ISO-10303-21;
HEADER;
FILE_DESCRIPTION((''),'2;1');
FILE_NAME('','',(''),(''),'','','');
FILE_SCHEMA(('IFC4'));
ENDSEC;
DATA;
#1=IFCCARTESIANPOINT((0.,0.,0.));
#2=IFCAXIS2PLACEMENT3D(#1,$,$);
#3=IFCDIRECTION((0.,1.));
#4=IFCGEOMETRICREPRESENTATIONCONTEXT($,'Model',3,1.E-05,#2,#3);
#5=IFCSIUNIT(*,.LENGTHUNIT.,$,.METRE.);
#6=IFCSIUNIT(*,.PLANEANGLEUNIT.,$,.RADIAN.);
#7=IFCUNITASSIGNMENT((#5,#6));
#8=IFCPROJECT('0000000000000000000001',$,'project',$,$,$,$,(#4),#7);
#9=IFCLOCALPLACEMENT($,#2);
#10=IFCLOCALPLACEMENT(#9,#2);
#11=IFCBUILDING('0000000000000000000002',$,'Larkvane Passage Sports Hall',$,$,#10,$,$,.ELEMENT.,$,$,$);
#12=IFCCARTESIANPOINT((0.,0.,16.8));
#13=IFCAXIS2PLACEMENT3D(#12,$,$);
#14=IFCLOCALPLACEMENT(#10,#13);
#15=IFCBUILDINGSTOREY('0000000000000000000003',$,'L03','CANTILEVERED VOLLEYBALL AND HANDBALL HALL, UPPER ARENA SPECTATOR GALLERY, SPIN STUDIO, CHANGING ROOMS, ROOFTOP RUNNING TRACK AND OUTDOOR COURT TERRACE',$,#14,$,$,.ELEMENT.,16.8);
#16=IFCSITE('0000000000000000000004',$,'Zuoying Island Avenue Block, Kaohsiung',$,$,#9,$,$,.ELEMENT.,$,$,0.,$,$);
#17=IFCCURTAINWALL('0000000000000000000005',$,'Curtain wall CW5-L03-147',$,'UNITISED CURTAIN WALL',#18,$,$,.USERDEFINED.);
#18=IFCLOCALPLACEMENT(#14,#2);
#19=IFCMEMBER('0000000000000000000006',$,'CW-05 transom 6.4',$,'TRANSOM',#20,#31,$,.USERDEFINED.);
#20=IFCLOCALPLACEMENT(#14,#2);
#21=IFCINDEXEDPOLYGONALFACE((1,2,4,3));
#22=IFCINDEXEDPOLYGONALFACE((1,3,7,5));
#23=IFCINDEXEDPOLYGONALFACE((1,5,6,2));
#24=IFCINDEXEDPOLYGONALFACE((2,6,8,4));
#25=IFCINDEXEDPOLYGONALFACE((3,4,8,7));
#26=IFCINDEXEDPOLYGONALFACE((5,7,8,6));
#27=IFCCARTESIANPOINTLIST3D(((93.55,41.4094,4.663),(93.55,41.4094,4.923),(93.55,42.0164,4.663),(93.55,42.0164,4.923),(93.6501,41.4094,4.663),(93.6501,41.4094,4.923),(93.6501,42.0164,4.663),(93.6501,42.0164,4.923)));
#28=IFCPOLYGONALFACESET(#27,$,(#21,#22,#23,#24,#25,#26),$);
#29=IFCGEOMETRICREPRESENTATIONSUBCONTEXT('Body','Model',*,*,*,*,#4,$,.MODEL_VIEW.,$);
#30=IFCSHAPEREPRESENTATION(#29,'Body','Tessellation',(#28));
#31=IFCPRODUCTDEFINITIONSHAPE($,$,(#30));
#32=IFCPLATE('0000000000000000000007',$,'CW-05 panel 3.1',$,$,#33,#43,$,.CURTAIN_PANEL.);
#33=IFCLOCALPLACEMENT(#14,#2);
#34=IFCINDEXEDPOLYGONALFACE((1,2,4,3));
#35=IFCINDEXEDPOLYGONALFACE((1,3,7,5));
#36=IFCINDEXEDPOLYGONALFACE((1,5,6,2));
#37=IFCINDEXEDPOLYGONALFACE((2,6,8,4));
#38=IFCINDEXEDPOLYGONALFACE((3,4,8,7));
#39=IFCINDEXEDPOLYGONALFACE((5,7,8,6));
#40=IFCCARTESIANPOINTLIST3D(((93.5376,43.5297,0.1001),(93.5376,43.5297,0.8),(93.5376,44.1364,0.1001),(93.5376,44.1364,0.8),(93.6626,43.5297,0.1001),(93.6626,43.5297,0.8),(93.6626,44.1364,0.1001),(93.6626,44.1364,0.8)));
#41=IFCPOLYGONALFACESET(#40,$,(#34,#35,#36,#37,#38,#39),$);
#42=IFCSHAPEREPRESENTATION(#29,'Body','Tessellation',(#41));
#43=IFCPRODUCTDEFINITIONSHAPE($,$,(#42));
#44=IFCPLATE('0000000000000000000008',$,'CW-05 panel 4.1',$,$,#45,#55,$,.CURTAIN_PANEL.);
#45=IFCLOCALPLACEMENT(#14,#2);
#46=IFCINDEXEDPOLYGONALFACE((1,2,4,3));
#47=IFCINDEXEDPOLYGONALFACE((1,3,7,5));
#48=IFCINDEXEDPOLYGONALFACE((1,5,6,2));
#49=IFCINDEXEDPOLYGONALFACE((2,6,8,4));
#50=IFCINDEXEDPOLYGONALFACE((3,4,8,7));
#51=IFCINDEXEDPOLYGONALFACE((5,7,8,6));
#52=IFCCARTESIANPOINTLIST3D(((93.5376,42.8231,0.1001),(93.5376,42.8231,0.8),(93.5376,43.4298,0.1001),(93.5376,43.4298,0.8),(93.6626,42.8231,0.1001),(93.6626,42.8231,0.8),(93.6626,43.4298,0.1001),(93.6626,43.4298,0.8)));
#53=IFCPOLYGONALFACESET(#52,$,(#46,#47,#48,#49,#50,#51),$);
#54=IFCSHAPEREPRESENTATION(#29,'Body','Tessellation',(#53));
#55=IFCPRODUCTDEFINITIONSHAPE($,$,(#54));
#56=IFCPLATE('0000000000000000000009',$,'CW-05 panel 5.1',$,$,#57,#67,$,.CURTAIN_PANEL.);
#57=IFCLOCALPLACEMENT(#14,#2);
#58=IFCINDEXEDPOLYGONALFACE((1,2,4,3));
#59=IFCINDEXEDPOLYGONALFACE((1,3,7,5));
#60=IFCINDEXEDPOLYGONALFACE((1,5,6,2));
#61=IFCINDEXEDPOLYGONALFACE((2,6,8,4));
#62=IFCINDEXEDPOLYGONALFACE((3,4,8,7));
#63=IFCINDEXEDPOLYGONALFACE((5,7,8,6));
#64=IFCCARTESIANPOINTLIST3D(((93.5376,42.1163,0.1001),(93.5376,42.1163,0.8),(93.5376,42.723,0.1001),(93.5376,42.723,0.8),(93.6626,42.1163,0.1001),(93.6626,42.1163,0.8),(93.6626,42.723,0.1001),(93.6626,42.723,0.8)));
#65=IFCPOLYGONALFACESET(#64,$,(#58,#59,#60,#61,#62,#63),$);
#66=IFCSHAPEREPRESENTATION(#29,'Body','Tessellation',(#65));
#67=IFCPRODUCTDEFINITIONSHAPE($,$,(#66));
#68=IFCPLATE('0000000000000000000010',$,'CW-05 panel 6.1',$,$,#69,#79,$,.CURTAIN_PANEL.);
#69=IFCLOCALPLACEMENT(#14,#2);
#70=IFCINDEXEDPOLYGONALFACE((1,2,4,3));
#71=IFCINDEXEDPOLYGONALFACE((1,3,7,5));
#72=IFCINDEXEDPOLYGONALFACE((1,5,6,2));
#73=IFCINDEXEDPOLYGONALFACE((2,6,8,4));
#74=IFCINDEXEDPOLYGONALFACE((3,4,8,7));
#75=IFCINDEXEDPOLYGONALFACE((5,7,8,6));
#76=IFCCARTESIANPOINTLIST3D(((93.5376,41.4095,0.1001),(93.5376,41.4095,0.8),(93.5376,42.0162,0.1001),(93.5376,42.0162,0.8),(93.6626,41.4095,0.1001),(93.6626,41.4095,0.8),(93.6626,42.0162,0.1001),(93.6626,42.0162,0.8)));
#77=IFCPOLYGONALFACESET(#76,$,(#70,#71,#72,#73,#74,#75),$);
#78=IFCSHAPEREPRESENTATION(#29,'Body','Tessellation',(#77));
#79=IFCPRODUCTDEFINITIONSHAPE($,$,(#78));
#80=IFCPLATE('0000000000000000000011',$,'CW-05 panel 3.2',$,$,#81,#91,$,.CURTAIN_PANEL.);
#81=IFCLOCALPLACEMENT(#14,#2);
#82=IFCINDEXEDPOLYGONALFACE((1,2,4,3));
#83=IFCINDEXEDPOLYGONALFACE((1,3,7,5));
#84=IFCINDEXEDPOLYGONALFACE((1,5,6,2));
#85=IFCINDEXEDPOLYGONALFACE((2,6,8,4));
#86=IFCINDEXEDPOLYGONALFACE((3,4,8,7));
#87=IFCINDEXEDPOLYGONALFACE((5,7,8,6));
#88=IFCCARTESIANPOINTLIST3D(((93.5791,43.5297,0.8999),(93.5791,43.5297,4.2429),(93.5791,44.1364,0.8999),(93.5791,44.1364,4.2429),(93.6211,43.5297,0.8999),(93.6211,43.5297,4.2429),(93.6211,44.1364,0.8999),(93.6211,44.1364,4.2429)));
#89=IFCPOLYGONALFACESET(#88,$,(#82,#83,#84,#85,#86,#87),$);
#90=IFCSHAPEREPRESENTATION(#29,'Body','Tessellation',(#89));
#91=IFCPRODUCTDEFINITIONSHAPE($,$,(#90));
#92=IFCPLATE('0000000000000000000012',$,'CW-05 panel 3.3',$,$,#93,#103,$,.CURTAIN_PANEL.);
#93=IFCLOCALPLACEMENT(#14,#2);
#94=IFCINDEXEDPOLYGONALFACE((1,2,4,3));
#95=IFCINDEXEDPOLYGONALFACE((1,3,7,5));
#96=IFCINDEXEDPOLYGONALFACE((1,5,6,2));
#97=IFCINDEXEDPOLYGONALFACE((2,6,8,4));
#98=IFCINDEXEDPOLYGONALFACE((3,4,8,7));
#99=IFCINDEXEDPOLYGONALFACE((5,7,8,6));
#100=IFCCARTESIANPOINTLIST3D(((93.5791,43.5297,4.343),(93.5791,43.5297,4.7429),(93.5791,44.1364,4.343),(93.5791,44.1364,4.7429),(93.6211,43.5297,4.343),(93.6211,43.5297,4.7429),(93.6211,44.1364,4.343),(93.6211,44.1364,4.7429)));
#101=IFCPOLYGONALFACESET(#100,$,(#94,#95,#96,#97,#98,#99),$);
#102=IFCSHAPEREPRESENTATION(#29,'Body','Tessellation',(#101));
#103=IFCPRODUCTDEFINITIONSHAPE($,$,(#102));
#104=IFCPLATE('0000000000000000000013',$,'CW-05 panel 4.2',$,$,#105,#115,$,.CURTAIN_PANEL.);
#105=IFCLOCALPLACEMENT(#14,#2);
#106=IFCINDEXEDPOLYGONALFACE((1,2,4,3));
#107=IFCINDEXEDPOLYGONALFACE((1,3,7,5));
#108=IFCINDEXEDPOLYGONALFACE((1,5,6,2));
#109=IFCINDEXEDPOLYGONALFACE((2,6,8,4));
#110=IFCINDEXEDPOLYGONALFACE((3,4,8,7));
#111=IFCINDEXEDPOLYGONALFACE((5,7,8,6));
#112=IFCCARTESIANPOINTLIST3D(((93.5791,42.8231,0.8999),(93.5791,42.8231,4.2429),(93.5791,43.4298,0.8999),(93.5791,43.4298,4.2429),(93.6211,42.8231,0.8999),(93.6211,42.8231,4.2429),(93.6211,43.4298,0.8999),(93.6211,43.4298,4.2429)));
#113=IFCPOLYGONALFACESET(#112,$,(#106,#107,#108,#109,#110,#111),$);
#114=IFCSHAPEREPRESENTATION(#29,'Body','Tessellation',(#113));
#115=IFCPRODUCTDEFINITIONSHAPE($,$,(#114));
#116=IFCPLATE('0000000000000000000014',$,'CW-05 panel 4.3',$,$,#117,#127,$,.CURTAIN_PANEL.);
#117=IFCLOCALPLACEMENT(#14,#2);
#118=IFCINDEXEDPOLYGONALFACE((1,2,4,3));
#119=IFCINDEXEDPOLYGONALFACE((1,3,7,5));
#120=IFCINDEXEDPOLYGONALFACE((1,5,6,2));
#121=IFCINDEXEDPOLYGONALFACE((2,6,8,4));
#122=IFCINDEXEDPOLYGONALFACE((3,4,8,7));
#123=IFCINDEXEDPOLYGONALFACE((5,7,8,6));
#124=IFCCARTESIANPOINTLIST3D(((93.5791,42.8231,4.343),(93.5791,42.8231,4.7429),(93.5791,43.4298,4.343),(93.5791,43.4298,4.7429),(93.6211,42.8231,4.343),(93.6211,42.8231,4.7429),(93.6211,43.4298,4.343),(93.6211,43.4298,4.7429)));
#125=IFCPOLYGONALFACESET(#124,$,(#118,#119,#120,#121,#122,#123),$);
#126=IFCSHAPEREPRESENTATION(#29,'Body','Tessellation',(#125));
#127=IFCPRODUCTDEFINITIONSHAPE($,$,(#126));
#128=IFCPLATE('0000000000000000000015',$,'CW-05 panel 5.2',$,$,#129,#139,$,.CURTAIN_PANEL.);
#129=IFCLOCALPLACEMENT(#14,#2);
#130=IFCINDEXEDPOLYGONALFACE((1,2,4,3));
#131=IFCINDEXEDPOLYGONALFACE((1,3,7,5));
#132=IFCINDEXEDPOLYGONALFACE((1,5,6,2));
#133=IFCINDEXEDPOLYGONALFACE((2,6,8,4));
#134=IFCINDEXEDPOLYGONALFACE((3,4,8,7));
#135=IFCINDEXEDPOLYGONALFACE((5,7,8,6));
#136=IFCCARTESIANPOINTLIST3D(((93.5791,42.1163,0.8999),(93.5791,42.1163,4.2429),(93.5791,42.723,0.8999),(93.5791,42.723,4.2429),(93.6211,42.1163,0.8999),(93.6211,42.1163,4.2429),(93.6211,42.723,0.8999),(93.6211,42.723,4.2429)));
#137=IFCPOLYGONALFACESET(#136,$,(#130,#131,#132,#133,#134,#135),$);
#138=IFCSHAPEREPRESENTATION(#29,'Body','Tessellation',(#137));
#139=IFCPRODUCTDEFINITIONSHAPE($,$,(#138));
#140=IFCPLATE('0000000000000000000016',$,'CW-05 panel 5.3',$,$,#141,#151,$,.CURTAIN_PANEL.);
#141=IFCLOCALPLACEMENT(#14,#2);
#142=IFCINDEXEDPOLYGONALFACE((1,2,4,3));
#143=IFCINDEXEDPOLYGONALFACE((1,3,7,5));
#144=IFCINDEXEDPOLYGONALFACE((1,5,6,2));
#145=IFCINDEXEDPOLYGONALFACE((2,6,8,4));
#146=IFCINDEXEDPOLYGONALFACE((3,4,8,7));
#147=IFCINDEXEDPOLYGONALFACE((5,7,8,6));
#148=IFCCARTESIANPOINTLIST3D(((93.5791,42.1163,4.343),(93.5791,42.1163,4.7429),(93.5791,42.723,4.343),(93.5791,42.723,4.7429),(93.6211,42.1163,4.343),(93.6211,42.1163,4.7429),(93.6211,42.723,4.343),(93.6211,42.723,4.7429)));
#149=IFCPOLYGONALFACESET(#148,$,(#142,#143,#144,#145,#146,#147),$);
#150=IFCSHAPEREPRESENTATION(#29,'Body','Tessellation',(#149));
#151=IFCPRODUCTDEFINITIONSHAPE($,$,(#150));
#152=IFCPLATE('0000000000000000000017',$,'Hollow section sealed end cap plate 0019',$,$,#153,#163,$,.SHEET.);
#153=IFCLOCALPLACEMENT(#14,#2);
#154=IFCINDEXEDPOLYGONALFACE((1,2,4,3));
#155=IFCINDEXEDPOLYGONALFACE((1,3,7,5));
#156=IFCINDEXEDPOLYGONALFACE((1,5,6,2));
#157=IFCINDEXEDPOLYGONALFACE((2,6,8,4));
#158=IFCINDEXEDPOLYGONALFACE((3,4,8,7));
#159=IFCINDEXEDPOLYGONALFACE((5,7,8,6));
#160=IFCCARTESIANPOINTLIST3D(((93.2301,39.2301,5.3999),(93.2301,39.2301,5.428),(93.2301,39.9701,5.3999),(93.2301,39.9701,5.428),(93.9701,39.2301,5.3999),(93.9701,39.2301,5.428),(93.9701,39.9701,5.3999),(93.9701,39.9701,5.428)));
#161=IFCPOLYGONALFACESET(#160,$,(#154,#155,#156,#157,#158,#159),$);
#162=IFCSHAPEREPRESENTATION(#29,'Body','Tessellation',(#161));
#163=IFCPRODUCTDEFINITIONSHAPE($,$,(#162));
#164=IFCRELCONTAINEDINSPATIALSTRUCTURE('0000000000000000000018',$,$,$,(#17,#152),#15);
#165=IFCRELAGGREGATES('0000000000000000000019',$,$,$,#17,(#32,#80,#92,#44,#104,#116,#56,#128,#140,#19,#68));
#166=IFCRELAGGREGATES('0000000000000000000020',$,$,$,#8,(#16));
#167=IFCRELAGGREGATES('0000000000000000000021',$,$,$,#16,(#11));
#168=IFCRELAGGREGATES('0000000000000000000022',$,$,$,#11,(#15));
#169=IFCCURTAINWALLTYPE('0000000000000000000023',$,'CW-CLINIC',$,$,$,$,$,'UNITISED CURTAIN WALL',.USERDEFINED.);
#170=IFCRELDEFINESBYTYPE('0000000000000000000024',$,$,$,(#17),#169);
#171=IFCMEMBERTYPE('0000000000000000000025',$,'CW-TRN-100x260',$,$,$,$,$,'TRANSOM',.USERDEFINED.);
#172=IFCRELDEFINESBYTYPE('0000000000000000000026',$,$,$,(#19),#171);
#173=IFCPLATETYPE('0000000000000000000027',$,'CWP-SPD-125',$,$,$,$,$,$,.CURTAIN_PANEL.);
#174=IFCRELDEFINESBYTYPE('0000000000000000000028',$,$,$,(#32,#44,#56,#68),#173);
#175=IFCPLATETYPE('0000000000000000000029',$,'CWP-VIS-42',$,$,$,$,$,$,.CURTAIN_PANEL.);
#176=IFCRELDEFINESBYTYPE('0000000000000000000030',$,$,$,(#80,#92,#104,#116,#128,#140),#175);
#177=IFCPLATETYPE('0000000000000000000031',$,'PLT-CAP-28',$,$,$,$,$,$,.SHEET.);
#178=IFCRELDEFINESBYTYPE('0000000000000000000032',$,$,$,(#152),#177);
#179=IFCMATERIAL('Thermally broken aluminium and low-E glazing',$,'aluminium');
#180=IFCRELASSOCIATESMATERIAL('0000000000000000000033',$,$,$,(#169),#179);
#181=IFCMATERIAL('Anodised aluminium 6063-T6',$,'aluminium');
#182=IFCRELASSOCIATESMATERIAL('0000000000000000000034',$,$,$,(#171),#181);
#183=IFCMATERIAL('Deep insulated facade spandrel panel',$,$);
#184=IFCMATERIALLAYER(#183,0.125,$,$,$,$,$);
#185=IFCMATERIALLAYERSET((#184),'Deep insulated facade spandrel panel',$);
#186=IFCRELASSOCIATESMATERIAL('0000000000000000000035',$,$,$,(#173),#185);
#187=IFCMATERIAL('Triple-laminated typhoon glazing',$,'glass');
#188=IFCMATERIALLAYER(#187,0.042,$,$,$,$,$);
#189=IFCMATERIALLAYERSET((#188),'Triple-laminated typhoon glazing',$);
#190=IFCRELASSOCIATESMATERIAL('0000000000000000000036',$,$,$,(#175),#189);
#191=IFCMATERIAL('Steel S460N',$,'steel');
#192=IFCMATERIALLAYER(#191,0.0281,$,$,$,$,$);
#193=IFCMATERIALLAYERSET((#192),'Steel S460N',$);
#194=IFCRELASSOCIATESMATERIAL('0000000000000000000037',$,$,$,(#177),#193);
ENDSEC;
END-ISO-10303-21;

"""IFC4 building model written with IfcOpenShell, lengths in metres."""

from ifc_helpers import new_model, si_unit, direction, frame, origin, origin_2d, place, context, subcontext, project, spatial, rectangle, extrude, material, layer, layer_set, material_profile, profile_set, type_object, element, aggregate, save


model = new_model("IFC4")

# Units and contexts
model_context = context("Model", 3, precision=1e-05, world=origin(), true_north=direction((0.0, 1.0)))
body_context = subcontext(model_context, "Body", "Model", "MODEL_VIEW")
ifc_project = project(units=[si_unit("LENGTHUNIT", "METRE"), si_unit("PLANEANGLEUNIT", "RADIAN")], contexts=[model_context])

# Site, building, storey
site_placement = place(None, origin())
site = spatial("IfcSite", under=ifc_project, at=site_placement, Name="Zuoying Island Avenue Block, Kaohsiung", CompositionType="ELEMENT", RefElevation=0.0)
building_placement = place(site_placement, origin())
building = spatial("IfcBuilding", under=site, at=building_placement, Name="Larkvane Passage Sports Hall", CompositionType="ELEMENT")
storey_placement = place(building_placement, frame((0.0, 0.0, 16.8)))
storey = spatial("IfcBuildingStorey", under=building, at=storey_placement, Name="L03", Description="CANTILEVERED VOLLEYBALL AND HANDBALL HALL, UPPER ARENA SPECTATOR GALLERY, SPIN STUDIO, CHANGING ROOMS, ROOFTOP RUNNING TRACK AND OUTDOOR COURT TERRACE", CompositionType="ELEMENT", Elevation=16.8)

# Shared definitions
ifc_material_1 = material(Name="Steel S460N", Category="steel")

# Curtain wall, member, plates
ifc_material_2 = material(Name="Thermally broken aluminium and low-E glazing", Category="aluminium")
curtain_wall_type = type_object("IfcCurtainWallType", Name="CW-CLINIC", ElementType="UNITISED CURTAIN WALL", PredefinedType="USERDEFINED", material=ifc_material_2)
curtain_wall_placement = place(storey_placement, origin())
curtain_wall = element("IfcCurtainWall", 1, at=curtain_wall_placement, inside=storey, type_object=curtain_wall_type, Name="Curtain wall CW5-L03-147", ObjectType="UNITISED CURTAIN WALL", PredefinedType="USERDEFINED")
ifc_material_3 = material(Name="Anodised aluminium 6063-T6", Category="aluminium")
ifc_material_profile_1 = material_profile(ifc_material_3, rectangle(XDim=0.1001, YDim=0.26, at=origin_2d()), Name="ALU-TRN-100x260")
ifc_profile_set_1 = profile_set([ifc_material_profile_1], Name="Anodised aluminium 6063-T6")
member_type_1 = type_object("IfcMemberType", Name="CW-TRN-100x260", ElementType="TRANSOM", PredefinedType="USERDEFINED", material=ifc_profile_set_1)
member_1_placement = place(storey_placement, frame((93.6001, 42.0164, 4.793), z_axis=(0.0, -1.0, 0.0), x_axis=(1.0, 0.0, 0.0)))
member_1 = element("IfcMember", 2, at=member_1_placement, type_object=member_type_1, Name="CW-05 transom 6.4", ObjectType="TRANSOM", PredefinedType="USERDEFINED", context=body_context, shape_type="SweptSolid", body=[
    extrude(rectangle(XDim=0.1001, YDim=0.26, at=origin_2d()), origin(), (0.0, 0.0, 1.0), 0.6069),
])
ifc_material_4 = material(Name="Deep insulated facade spandrel panel")
ifc_layer_1 = layer(ifc_material_4, 0.125)
ifc_layer_set_1 = layer_set([ifc_layer_1], Name="Deep insulated facade spandrel panel")
plate_type_1 = type_object("IfcPlateType", Name="CWP-SPD-125", PredefinedType="CURTAIN_PANEL", material=ifc_layer_set_1)
plate_1_placement = place(storey_placement, frame((93.6001, 43.833, 0.1001), z_axis=(0.0, 0.0, 1.0), x_axis=(0.0, -1.0, 0.0)))
plate_1 = element("IfcPlate", 3, at=plate_1_placement, type_object=plate_type_1, Name="CW-05 panel 3.1", PredefinedType="CURTAIN_PANEL", context=body_context, shape_type="SweptSolid", body=[
    extrude(rectangle(XDim=0.6067, YDim=0.125, at=origin_2d()), origin(), (0.0, 0.0, 1.0), 0.7),
])
plate_2_placement = place(storey_placement, frame((93.6001, 43.1265, 0.1001), z_axis=(0.0, 0.0, 1.0), x_axis=(0.0, -1.0, 0.0)))
plate_2 = element("IfcPlate", 4, at=plate_2_placement, type_object=plate_type_1, Name="CW-05 panel 4.1", PredefinedType="CURTAIN_PANEL", context=body_context, shape_type="SweptSolid", body=[
    extrude(rectangle(XDim=0.6067, YDim=0.125, at=origin_2d()), origin(), (0.0, 0.0, 1.0), 0.7),
])
plate_3_placement = place(storey_placement, frame((93.6001, 42.4197, 0.1001), z_axis=(0.0, 0.0, 1.0), x_axis=(0.0, -1.0, 0.0)))
plate_3 = element("IfcPlate", 5, at=plate_3_placement, type_object=plate_type_1, Name="CW-05 panel 5.1", PredefinedType="CURTAIN_PANEL", context=body_context, shape_type="SweptSolid", body=[
    extrude(rectangle(XDim=0.6067, YDim=0.125, at=origin_2d()), origin(), (0.0, 0.0, 1.0), 0.7),
])
plate_4_placement = place(storey_placement, frame((93.6001, 41.7129, 0.1001), z_axis=(0.0, 0.0, 1.0), x_axis=(0.0, -1.0, 0.0)))
plate_4 = element("IfcPlate", 6, at=plate_4_placement, type_object=plate_type_1, Name="CW-05 panel 6.1", PredefinedType="CURTAIN_PANEL", context=body_context, shape_type="SweptSolid", body=[
    extrude(rectangle(XDim=0.6067, YDim=0.125, at=origin_2d()), origin(), (0.0, 0.0, 1.0), 0.7),
])
ifc_material_5 = material(Name="Triple-laminated typhoon glazing", Category="glass")
ifc_layer_2 = layer(ifc_material_5, 0.042)
ifc_layer_set_2 = layer_set([ifc_layer_2], Name="Triple-laminated typhoon glazing")
plate_type_2 = type_object("IfcPlateType", Name="CWP-VIS-42", PredefinedType="CURTAIN_PANEL", material=ifc_layer_set_2)
plate_5_placement = place(storey_placement, frame((93.6001, 43.833, 0.8999), z_axis=(0.0, 0.0, 1.0), x_axis=(0.0, -1.0, 0.0)))
plate_5 = element("IfcPlate", 7, at=plate_5_placement, type_object=plate_type_2, Name="CW-05 panel 3.2", PredefinedType="CURTAIN_PANEL", context=body_context, shape_type="SweptSolid", body=[
    extrude(rectangle(XDim=0.6067, YDim=0.042, at=origin_2d()), origin(), (0.0, 0.0, 1.0), 3.343),
])
plate_6_placement = place(storey_placement, frame((93.6001, 43.833, 4.343), z_axis=(0.0, 0.0, 1.0), x_axis=(0.0, -1.0, 0.0)))
plate_6 = element("IfcPlate", 8, at=plate_6_placement, type_object=plate_type_2, Name="CW-05 panel 3.3", PredefinedType="CURTAIN_PANEL", context=body_context, shape_type="SweptSolid", body=[
    extrude(rectangle(XDim=0.6067, YDim=0.042, at=origin_2d()), origin(), (0.0, 0.0, 1.0), 0.3999),
])
plate_7_placement = place(storey_placement, frame((93.6001, 43.1265, 0.8999), z_axis=(0.0, 0.0, 1.0), x_axis=(0.0, -1.0, 0.0)))
plate_7 = element("IfcPlate", 9, at=plate_7_placement, type_object=plate_type_2, Name="CW-05 panel 4.2", PredefinedType="CURTAIN_PANEL", context=body_context, shape_type="SweptSolid", body=[
    extrude(rectangle(XDim=0.6067, YDim=0.042, at=origin_2d()), origin(), (0.0, 0.0, 1.0), 3.343),
])
plate_8_placement = place(storey_placement, frame((93.6001, 43.1265, 4.343), z_axis=(0.0, 0.0, 1.0), x_axis=(0.0, -1.0, 0.0)))
plate_8 = element("IfcPlate", 10, at=plate_8_placement, type_object=plate_type_2, Name="CW-05 panel 4.3", PredefinedType="CURTAIN_PANEL", context=body_context, shape_type="SweptSolid", body=[
    extrude(rectangle(XDim=0.6067, YDim=0.042, at=origin_2d()), origin(), (0.0, 0.0, 1.0), 0.3999),
])
plate_9_placement = place(storey_placement, frame((93.6001, 42.4197, 0.8999), z_axis=(0.0, 0.0, 1.0), x_axis=(0.0, -1.0, 0.0)))
plate_9 = element("IfcPlate", 11, at=plate_9_placement, type_object=plate_type_2, Name="CW-05 panel 5.2", PredefinedType="CURTAIN_PANEL", context=body_context, shape_type="SweptSolid", body=[
    extrude(rectangle(XDim=0.6067, YDim=0.042, at=origin_2d()), origin(), (0.0, 0.0, 1.0), 3.343),
])
plate_10_placement = place(storey_placement, frame((93.6001, 42.4197, 4.343), z_axis=(0.0, 0.0, 1.0), x_axis=(0.0, -1.0, 0.0)))
plate_10 = element("IfcPlate", 12, at=plate_10_placement, type_object=plate_type_2, Name="CW-05 panel 5.3", PredefinedType="CURTAIN_PANEL", context=body_context, shape_type="SweptSolid", body=[
    extrude(rectangle(XDim=0.6067, YDim=0.042, at=origin_2d()), origin(), (0.0, 0.0, 1.0), 0.3999),
])
aggregate(curtain_wall, [plate_1, plate_5, plate_6, plate_2, plate_7, plate_8, plate_3, plate_9, plate_10, member_1, plate_4])

# Plate
ifc_layer_3 = layer(ifc_material_1, 0.0281)
ifc_layer_set_3 = layer_set([ifc_layer_3], Name="Steel S460N")
plate_type_3 = type_object("IfcPlateType", Name="PLT-CAP-28", PredefinedType="SHEET", material=ifc_layer_set_3)
plate_11_placement = place(storey_placement, frame((93.6001, 39.6001, 5.3999), z_axis=(0.0, 0.0, 1.0), x_axis=(1.0, 0.0, 0.0)))
element("IfcPlate", 13, at=plate_11_placement, inside=storey, type_object=plate_type_3, Name="Hollow section sealed end cap plate 0019", PredefinedType="SHEET", context=body_context, shape_type="SweptSolid", body=[
    extrude(rectangle(XDim=0.74, YDim=0.74, at=origin_2d()), origin(), (0.0, 0.0, 1.0), 0.0281),
])

save(model, "model.ifc")
